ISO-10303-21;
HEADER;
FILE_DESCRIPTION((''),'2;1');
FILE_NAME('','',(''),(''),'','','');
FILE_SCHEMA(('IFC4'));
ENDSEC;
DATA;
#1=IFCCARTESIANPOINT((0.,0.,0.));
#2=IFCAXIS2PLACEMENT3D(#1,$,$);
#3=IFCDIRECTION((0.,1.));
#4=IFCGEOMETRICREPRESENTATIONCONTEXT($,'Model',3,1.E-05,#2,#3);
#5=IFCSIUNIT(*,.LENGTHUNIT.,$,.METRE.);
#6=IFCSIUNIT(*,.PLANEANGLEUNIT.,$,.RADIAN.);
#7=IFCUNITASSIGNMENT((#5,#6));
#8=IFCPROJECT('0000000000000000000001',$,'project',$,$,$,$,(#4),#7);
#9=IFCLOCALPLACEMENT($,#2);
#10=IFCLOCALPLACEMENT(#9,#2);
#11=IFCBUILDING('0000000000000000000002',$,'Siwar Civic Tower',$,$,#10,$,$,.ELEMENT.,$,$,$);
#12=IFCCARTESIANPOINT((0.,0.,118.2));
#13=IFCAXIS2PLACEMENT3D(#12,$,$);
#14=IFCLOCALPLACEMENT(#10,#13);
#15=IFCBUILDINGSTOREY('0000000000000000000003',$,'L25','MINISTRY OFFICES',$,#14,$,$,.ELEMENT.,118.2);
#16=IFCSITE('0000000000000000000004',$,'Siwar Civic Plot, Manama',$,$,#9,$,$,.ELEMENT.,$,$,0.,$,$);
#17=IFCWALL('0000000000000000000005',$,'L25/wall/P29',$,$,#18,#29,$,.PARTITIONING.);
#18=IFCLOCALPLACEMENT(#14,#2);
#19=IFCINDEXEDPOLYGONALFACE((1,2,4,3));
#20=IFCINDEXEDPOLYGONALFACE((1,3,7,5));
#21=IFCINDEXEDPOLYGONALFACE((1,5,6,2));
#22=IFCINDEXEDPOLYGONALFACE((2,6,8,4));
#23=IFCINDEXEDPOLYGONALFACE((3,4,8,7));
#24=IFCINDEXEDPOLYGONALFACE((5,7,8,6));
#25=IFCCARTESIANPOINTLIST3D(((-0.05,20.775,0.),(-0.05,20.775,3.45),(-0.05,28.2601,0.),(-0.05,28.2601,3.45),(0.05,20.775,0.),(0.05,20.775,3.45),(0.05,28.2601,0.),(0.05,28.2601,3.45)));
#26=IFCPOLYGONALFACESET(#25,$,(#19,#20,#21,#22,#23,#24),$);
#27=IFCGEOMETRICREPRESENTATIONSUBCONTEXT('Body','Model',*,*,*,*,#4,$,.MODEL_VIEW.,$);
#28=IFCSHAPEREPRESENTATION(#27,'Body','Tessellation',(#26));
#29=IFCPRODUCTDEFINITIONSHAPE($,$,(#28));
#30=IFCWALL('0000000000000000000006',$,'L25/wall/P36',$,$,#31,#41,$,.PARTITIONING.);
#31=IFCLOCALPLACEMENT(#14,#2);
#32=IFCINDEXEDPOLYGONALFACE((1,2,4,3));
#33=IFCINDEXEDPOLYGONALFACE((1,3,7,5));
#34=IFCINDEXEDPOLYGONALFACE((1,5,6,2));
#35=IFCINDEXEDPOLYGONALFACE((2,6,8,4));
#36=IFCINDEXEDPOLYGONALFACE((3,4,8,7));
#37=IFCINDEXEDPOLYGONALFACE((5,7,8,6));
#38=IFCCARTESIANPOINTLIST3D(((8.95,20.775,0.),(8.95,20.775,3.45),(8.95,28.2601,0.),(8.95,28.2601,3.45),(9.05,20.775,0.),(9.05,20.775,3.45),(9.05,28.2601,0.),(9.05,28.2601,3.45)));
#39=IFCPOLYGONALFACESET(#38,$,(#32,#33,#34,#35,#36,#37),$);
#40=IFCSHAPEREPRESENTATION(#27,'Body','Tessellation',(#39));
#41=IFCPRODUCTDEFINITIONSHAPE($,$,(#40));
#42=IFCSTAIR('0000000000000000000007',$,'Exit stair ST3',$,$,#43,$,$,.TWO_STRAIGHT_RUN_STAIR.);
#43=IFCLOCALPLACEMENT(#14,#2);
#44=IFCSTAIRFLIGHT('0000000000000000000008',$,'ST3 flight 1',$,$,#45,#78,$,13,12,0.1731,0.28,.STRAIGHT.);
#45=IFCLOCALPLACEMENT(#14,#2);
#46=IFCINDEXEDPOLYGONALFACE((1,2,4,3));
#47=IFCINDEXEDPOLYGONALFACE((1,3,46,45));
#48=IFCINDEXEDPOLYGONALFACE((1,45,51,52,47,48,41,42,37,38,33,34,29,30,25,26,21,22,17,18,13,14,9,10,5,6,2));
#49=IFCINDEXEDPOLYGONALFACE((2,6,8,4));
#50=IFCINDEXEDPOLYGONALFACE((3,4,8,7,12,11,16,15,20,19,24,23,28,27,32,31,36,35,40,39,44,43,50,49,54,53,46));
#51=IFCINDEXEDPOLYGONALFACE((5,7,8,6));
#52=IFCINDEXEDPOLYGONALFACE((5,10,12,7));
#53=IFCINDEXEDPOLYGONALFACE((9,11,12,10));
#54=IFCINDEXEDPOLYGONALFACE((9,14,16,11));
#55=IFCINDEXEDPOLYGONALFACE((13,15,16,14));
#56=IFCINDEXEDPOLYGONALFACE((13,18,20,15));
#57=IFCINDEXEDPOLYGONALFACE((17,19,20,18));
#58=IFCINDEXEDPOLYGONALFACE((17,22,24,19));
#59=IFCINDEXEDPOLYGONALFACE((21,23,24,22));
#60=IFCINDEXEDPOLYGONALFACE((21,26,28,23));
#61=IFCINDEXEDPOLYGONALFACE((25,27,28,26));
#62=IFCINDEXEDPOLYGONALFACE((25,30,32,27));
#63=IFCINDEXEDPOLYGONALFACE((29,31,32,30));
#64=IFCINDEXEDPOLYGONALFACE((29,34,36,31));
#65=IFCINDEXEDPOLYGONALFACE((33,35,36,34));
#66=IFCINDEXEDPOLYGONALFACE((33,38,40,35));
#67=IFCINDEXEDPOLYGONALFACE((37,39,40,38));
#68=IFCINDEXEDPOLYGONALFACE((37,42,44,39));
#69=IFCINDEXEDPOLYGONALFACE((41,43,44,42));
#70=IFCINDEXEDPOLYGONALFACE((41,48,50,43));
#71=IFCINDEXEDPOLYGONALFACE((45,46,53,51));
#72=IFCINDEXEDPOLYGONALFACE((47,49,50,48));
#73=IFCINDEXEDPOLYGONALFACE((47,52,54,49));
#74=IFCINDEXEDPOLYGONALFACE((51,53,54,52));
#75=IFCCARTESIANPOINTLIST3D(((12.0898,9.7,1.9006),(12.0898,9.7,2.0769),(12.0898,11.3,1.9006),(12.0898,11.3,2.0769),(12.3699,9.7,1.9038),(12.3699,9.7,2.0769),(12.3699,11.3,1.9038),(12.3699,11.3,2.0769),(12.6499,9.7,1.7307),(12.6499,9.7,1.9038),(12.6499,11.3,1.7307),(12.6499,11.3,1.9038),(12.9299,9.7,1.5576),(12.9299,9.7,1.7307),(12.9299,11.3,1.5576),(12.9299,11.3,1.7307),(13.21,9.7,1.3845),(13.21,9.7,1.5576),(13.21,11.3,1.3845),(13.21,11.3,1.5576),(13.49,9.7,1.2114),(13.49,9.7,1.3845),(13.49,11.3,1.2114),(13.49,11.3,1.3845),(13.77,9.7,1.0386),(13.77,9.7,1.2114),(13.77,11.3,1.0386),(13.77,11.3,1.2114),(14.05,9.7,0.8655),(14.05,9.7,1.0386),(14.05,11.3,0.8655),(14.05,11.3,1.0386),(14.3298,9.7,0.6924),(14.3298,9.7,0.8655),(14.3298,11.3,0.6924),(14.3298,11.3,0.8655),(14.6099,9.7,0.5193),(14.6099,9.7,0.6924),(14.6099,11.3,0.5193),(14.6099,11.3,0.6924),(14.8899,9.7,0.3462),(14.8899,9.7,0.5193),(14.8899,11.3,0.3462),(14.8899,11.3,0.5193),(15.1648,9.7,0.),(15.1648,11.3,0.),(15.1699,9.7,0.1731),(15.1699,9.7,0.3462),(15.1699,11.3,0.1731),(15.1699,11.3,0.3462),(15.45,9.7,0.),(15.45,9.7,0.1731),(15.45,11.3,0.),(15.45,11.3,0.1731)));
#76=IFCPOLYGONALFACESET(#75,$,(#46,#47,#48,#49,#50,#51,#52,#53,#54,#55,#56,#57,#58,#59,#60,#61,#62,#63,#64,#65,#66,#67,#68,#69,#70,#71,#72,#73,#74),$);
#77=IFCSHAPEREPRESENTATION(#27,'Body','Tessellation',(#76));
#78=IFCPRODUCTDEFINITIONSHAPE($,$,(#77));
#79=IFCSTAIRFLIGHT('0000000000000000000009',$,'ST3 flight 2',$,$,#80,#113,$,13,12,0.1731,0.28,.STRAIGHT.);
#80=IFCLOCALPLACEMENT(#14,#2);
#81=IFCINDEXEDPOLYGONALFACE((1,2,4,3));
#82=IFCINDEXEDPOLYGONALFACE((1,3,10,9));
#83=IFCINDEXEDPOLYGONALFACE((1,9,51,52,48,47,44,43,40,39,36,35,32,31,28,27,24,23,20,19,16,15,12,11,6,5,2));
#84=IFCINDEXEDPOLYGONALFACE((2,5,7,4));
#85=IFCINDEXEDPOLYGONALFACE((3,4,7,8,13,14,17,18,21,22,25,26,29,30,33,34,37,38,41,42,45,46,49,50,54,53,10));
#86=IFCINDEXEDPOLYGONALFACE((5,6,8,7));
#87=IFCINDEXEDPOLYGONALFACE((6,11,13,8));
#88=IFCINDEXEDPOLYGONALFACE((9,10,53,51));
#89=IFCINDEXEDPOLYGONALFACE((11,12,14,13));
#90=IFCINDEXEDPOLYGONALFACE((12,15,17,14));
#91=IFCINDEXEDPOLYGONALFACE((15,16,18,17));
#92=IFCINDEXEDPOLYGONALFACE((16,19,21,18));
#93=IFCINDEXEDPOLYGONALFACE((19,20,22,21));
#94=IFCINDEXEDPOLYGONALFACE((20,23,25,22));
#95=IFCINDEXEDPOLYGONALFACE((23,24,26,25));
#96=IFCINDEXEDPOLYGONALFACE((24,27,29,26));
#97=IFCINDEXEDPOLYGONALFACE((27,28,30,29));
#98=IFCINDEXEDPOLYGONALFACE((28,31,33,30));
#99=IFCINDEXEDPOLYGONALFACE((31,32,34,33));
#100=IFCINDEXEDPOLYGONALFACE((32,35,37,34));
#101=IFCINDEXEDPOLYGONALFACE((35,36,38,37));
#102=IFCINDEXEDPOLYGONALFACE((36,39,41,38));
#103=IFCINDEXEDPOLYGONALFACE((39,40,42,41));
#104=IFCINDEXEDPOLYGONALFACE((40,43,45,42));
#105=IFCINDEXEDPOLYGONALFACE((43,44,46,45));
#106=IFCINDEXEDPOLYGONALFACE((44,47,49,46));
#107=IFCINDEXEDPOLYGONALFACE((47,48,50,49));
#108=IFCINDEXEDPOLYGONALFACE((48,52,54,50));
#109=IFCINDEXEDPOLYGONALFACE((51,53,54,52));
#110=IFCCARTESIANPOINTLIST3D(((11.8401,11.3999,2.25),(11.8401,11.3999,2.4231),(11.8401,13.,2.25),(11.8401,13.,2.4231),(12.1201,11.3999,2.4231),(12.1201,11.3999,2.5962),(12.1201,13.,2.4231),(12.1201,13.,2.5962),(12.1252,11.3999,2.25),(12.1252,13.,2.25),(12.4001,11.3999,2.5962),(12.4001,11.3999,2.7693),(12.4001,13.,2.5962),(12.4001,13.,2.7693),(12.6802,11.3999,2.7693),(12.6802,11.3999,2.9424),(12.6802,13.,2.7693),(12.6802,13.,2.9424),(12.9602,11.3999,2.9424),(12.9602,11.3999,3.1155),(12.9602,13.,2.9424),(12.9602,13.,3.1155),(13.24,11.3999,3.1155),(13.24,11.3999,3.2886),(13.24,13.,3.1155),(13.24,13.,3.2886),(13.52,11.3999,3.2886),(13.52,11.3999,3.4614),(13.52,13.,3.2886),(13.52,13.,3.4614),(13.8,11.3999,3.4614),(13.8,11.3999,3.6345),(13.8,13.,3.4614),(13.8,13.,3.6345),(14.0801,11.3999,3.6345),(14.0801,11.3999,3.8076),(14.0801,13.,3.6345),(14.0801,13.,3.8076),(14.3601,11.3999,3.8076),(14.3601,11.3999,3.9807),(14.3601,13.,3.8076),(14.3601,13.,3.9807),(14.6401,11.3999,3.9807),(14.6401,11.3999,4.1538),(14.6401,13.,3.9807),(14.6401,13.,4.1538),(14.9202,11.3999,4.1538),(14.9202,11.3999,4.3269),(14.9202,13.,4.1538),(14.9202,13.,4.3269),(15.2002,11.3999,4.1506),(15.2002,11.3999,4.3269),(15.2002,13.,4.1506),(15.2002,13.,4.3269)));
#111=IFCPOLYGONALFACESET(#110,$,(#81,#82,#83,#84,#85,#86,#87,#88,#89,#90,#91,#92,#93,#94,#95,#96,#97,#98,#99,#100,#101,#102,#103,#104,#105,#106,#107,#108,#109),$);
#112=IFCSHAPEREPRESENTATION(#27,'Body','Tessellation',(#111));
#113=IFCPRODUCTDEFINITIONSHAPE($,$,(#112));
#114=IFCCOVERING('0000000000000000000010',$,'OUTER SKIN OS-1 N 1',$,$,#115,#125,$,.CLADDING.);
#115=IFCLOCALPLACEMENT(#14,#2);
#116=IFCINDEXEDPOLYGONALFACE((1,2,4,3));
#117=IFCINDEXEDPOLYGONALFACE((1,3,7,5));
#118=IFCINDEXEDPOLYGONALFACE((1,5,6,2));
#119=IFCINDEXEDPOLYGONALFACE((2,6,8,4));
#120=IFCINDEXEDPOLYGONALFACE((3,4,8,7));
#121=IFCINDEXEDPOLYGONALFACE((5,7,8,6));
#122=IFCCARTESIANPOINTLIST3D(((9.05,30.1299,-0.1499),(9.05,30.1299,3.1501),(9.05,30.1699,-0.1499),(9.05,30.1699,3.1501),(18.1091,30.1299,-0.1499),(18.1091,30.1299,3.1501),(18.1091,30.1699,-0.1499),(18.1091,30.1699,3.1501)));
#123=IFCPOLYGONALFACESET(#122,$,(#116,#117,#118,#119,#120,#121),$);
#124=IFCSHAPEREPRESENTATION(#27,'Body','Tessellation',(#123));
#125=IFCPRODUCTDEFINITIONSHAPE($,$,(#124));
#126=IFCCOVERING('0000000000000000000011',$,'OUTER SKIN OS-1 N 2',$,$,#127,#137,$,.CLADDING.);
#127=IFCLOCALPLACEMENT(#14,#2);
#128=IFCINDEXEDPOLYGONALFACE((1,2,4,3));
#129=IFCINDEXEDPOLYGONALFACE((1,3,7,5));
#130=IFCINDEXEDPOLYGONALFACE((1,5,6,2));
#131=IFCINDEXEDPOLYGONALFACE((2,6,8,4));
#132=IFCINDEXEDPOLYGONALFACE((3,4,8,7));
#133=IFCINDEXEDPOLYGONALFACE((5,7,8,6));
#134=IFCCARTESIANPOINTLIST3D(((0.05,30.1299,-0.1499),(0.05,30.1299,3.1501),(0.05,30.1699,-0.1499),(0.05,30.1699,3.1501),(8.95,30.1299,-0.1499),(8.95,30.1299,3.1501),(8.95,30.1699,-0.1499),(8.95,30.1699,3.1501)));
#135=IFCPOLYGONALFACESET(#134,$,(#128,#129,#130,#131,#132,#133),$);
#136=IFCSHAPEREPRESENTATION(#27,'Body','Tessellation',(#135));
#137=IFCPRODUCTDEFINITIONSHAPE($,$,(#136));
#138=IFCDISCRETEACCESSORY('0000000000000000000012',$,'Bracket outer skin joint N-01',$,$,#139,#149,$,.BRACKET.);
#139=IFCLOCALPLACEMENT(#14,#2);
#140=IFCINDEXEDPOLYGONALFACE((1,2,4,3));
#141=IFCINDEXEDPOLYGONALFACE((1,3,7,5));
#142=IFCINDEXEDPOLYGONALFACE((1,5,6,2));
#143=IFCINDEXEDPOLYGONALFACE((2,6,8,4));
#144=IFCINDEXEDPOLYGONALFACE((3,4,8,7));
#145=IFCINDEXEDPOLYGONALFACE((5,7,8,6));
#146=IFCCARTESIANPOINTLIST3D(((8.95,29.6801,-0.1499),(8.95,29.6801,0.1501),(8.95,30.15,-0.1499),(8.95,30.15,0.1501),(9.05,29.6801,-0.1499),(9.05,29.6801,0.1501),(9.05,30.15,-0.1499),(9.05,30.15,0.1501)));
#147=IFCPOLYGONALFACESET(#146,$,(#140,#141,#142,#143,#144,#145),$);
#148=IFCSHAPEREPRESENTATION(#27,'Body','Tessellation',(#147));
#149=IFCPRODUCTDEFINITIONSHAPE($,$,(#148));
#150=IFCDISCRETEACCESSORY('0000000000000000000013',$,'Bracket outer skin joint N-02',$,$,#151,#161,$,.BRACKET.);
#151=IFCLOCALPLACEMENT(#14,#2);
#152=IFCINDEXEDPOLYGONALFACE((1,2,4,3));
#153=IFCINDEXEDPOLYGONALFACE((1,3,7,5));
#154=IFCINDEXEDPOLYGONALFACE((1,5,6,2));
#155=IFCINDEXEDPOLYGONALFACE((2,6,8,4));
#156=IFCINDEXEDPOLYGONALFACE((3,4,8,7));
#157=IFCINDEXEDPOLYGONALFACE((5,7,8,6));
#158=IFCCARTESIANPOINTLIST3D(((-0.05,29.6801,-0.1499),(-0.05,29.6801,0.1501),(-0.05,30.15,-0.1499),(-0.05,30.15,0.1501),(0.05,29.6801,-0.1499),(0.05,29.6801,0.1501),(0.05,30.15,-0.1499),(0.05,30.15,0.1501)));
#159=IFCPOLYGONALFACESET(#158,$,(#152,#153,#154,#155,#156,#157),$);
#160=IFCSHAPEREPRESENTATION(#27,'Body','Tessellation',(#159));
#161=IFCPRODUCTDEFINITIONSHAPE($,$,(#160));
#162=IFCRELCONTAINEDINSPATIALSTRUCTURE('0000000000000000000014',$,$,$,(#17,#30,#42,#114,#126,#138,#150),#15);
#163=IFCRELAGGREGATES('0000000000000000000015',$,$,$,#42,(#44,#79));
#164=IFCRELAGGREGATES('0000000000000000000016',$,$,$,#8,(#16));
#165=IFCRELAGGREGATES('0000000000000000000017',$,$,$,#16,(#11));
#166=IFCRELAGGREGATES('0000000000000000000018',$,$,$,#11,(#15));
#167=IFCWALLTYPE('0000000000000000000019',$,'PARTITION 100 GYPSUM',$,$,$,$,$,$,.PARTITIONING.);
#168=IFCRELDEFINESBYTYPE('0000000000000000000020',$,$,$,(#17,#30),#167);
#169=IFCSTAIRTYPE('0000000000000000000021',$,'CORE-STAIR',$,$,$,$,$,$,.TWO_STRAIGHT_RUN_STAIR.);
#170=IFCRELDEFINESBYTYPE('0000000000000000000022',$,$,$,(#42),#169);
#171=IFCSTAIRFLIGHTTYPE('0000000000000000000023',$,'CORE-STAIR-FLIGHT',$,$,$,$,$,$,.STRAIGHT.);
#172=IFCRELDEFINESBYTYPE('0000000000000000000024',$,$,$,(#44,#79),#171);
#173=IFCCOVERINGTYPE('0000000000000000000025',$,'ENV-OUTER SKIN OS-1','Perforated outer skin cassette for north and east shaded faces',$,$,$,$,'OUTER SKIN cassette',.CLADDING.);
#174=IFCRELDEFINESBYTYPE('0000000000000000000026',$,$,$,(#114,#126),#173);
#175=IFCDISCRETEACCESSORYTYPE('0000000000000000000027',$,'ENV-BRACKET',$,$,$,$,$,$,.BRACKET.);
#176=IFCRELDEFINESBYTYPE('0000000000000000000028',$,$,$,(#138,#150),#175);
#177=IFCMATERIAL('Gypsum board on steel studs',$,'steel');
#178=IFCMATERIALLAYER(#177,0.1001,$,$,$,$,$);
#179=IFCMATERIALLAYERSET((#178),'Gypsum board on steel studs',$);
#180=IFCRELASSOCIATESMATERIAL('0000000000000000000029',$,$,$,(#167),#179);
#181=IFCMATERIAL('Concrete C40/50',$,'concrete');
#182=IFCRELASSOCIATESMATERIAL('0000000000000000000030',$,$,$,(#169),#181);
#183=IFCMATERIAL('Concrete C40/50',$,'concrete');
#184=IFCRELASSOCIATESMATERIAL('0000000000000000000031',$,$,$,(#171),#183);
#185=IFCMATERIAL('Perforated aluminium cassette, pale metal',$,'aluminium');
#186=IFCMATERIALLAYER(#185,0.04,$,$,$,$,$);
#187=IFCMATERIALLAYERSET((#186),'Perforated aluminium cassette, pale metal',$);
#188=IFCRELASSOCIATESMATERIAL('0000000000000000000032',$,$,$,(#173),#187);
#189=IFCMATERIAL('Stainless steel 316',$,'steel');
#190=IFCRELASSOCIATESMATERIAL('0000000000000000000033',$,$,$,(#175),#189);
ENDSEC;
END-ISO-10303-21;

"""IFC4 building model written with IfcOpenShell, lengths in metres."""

from ifc_helpers import new_model, si_unit, direction, frame, frame_2d, origin, origin_2d, place, context, subcontext, project, spatial, polyline, rectangle, outline, extrude, material, layer, layer_set, type_object, element, aggregate, save


model = new_model("IFC4")

# Units and contexts
model_context = context("Model", 3, precision=1e-05, world=origin(), true_north=direction((0.0, 1.0)))
body_context = subcontext(model_context, "Body", "Model", "MODEL_VIEW")
ifc_project = project(units=[si_unit("LENGTHUNIT", "METRE"), si_unit("PLANEANGLEUNIT", "RADIAN")], contexts=[model_context])

# Site, building, storey
site_placement = place(None, origin())
site = spatial("IfcSite", under=ifc_project, at=site_placement, Name="Siwar Civic Plot, Manama", CompositionType="ELEMENT", RefElevation=0.0)
building_placement = place(site_placement, origin())
building = spatial("IfcBuilding", under=site, at=building_placement, Name="Siwar Civic Tower", CompositionType="ELEMENT")
storey_placement = place(building_placement, frame((0.0, 0.0, 118.2)))
storey = spatial("IfcBuildingStorey", under=building, at=storey_placement, Name="L25", Description="MINISTRY OFFICES", CompositionType="ELEMENT", Elevation=118.2)

# Walls
ifc_material_1 = material(Name="Gypsum board on steel studs", Category="steel")
ifc_layer_1 = layer(ifc_material_1, 0.1001)
ifc_layer_set_1 = layer_set([ifc_layer_1], Name="Gypsum board on steel studs")
wall_type_1 = type_object("IfcWallType", Name="PARTITION 100 GYPSUM", PredefinedType="PARTITIONING", material=ifc_layer_set_1)
for number, where, z_axis, x_axis, name in (
    (1, (0.0, 20.7749, 0.0), (0.0, 0.0, 1.0), (0.0, 1.0, 0.0), "L25/wall/P29"),
    (2, (9.0, 20.7749, 0.0), (0.0, 0.0, 1.0), (0.0, 1.0, 0.0), "L25/wall/P36"),
):
    element("IfcWall", number, at=place(storey_placement, frame(where, z_axis=z_axis, x_axis=x_axis)), inside=storey, type_object=wall_type_1, Name=name, PredefinedType="PARTITIONING", context=body_context, shape_type="SweptSolid", body=[
        extrude(rectangle(XDim=7.4851, YDim=0.1001, at=frame_2d((3.7427, 0.0))), origin(), (0.0, 0.0, 1.0), 3.45),
    ])

# Stair, stair flights
ifc_material_2 = material(Name="Concrete C40/50", Category="concrete")
stair_type = type_object("IfcStairType", Name="CORE-STAIR", PredefinedType="TWO_STRAIGHT_RUN_STAIR", material=ifc_material_2)
stair_placement = place(storey_placement, origin())
stair = element("IfcStair", 3, at=stair_placement, inside=storey, type_object=stair_type, Name="Exit stair ST3", PredefinedType="TWO_STRAIGHT_RUN_STAIR")
ifc_material_3 = material(Name="Concrete C40/50", Category="concrete")
stair_flight_type = type_object("IfcStairFlightType", Name="CORE-STAIR-FLIGHT", PredefinedType="STRAIGHT", material=ifc_material_3)
stair_flight_1_placement = place(storey_placement, frame((15.45, 10.5, 0.0), z_axis=(0.0, 0.0, 1.0), x_axis=(-1.0, 0.0, 0.0)))
stair_flight_1 = element("IfcStairFlight", 4, at=stair_flight_1_placement, type_object=stair_flight_type, Name="ST3 flight 1", NumberOfRisers=13, NumberOfTreads=12, PredefinedType="STRAIGHT", RiserHeight=0.1731, TreadLength=0.28, context=body_context, shape_type="SweptSolid", body=[
    extrude(outline(polyline([(0.0, 0.0), (0.0, 0.1731), (0.28, 0.1731), (0.28, 0.3462), (0.5601, 0.3462), (0.5601, 0.5193), (0.8401, 0.5193), (0.8401, 0.6924), (1.1201, 0.6924), (1.1201, 0.8655), (1.3999, 0.8655), (1.3999, 1.0386), (1.6799, 1.0386), (1.6799, 1.2114), (1.96, 1.2114), (1.96, 1.3845), (2.24, 1.3845), (2.24, 1.5576), (2.52, 1.5576), (2.52, 1.7307), (2.8, 1.7307), (2.8, 1.9038), (3.0801, 1.9038), (3.0801, 2.0769), (3.3601, 2.0769), (3.3601, 2.25), (3.3601, 1.9006), (0.2852, 0.0), (0.0, 0.0)])), frame((0.0, 0.8, 0.0), z_axis=(0.0, -1.0, 0.0), x_axis=(1.0, 0.0, 0.0)), (0.0, 0.0, 1.0), 1.6001),
])
stair_flight_2_placement = place(storey_placement, frame((11.8401, 12.2, 2.25), z_axis=(0.0, 0.0, 1.0), x_axis=(1.0, 0.0, 0.0)))
stair_flight_2 = element("IfcStairFlight", 5, at=stair_flight_2_placement, type_object=stair_flight_type, Name="ST3 flight 2", NumberOfRisers=13, NumberOfTreads=12, PredefinedType="STRAIGHT", RiserHeight=0.1731, TreadLength=0.28, context=body_context, shape_type="SweptSolid", body=[
    extrude(outline(polyline([(0.0, 0.0), (0.0, 0.1731), (0.28, 0.1731), (0.28, 0.3462), (0.5601, 0.3462), (0.5601, 0.5193), (0.8401, 0.5193), (0.8401, 0.6924), (1.1201, 0.6924), (1.1201, 0.8655), (1.3999, 0.8655), (1.3999, 1.0386), (1.6799, 1.0386), (1.6799, 1.2114), (1.96, 1.2114), (1.96, 1.3845), (2.24, 1.3845), (2.24, 1.5576), (2.52, 1.5576), (2.52, 1.7307), (2.8, 1.7307), (2.8, 1.9038), (3.0801, 1.9038), (3.0801, 2.0769), (3.3601, 2.0769), (3.3601, 2.25), (3.3601, 1.9006), (0.2852, 0.0), (0.0, 0.0)])), frame((0.0, 0.8, 0.0), z_axis=(0.0, -1.0, 0.0), x_axis=(1.0, 0.0, 0.0)), (0.0, 0.0, 1.0), 1.6001),
])
aggregate(stair, [stair_flight_1, stair_flight_2])

# Coverings
ifc_material_4 = material(Name="Perforated aluminium cassette, pale metal", Category="aluminium")
ifc_layer_2 = layer(ifc_material_4, 0.04)
ifc_layer_set_2 = layer_set([ifc_layer_2], Name="Perforated aluminium cassette, pale metal")
covering_type = type_object("IfcCoveringType", Name="ENV-OUTER SKIN OS-1", Description="Perforated outer skin cassette for north and east shaded faces", ElementType="OUTER SKIN cassette", PredefinedType="CLADDING", material=ifc_layer_set_2)
covering_1_placement = place(storey_placement, frame((13.5796, 30.1499, -0.1499), z_axis=(0.0, 0.0, 1.0), x_axis=(-1.0, 0.0, 0.0)))
element("IfcCovering", 6, at=covering_1_placement, inside=storey, type_object=covering_type, Name="OUTER SKIN OS-1 N 1", PredefinedType="CLADDING", context=body_context, shape_type="SweptSolid", body=[
    extrude(rectangle(XDim=9.0591, YDim=0.04, at=origin_2d()), origin(), (0.0, 0.0, 1.0), 3.3),
])
covering_2_placement = place(storey_placement, frame((4.5, 30.1499, -0.1499), z_axis=(0.0, 0.0, 1.0), x_axis=(-1.0, 0.0, 0.0)))
element("IfcCovering", 7, at=covering_2_placement, inside=storey, type_object=covering_type, Name="OUTER SKIN OS-1 N 2", PredefinedType="CLADDING", context=body_context, shape_type="SweptSolid", body=[
    extrude(rectangle(XDim=8.8999, YDim=0.04, at=origin_2d()), origin(), (0.0, 0.0, 1.0), 3.3),
])

# Discrete accessories
ifc_material_5 = material(Name="Stainless steel 316", Category="steel")
discrete_accessory_type = type_object("IfcDiscreteAccessoryType", Name="ENV-BRACKET", PredefinedType="BRACKET", material=ifc_material_5)
for number, where, z_axis, x_axis, name in (
    (8, (9.0, 29.915, -0.1499), (0.0, 0.0, 1.0), (0.0, 1.0, 0.0), "Bracket outer skin joint N-01"),
    (9, (0.0, 29.915, -0.1499), (0.0, 0.0, 1.0), (0.0, 1.0, 0.0), "Bracket outer skin joint N-02"),
):
    element("IfcDiscreteAccessory", number, at=place(storey_placement, frame(where, z_axis=z_axis, x_axis=x_axis)), inside=storey, type_object=discrete_accessory_type, Name=name, PredefinedType="BRACKET", context=body_context, shape_type="SweptSolid", body=[
        extrude(rectangle(XDim=0.47, YDim=0.1001, at=origin_2d()), origin(), (0.0, 0.0, 1.0), 0.3),
    ])

save(model, "model.ifc")
